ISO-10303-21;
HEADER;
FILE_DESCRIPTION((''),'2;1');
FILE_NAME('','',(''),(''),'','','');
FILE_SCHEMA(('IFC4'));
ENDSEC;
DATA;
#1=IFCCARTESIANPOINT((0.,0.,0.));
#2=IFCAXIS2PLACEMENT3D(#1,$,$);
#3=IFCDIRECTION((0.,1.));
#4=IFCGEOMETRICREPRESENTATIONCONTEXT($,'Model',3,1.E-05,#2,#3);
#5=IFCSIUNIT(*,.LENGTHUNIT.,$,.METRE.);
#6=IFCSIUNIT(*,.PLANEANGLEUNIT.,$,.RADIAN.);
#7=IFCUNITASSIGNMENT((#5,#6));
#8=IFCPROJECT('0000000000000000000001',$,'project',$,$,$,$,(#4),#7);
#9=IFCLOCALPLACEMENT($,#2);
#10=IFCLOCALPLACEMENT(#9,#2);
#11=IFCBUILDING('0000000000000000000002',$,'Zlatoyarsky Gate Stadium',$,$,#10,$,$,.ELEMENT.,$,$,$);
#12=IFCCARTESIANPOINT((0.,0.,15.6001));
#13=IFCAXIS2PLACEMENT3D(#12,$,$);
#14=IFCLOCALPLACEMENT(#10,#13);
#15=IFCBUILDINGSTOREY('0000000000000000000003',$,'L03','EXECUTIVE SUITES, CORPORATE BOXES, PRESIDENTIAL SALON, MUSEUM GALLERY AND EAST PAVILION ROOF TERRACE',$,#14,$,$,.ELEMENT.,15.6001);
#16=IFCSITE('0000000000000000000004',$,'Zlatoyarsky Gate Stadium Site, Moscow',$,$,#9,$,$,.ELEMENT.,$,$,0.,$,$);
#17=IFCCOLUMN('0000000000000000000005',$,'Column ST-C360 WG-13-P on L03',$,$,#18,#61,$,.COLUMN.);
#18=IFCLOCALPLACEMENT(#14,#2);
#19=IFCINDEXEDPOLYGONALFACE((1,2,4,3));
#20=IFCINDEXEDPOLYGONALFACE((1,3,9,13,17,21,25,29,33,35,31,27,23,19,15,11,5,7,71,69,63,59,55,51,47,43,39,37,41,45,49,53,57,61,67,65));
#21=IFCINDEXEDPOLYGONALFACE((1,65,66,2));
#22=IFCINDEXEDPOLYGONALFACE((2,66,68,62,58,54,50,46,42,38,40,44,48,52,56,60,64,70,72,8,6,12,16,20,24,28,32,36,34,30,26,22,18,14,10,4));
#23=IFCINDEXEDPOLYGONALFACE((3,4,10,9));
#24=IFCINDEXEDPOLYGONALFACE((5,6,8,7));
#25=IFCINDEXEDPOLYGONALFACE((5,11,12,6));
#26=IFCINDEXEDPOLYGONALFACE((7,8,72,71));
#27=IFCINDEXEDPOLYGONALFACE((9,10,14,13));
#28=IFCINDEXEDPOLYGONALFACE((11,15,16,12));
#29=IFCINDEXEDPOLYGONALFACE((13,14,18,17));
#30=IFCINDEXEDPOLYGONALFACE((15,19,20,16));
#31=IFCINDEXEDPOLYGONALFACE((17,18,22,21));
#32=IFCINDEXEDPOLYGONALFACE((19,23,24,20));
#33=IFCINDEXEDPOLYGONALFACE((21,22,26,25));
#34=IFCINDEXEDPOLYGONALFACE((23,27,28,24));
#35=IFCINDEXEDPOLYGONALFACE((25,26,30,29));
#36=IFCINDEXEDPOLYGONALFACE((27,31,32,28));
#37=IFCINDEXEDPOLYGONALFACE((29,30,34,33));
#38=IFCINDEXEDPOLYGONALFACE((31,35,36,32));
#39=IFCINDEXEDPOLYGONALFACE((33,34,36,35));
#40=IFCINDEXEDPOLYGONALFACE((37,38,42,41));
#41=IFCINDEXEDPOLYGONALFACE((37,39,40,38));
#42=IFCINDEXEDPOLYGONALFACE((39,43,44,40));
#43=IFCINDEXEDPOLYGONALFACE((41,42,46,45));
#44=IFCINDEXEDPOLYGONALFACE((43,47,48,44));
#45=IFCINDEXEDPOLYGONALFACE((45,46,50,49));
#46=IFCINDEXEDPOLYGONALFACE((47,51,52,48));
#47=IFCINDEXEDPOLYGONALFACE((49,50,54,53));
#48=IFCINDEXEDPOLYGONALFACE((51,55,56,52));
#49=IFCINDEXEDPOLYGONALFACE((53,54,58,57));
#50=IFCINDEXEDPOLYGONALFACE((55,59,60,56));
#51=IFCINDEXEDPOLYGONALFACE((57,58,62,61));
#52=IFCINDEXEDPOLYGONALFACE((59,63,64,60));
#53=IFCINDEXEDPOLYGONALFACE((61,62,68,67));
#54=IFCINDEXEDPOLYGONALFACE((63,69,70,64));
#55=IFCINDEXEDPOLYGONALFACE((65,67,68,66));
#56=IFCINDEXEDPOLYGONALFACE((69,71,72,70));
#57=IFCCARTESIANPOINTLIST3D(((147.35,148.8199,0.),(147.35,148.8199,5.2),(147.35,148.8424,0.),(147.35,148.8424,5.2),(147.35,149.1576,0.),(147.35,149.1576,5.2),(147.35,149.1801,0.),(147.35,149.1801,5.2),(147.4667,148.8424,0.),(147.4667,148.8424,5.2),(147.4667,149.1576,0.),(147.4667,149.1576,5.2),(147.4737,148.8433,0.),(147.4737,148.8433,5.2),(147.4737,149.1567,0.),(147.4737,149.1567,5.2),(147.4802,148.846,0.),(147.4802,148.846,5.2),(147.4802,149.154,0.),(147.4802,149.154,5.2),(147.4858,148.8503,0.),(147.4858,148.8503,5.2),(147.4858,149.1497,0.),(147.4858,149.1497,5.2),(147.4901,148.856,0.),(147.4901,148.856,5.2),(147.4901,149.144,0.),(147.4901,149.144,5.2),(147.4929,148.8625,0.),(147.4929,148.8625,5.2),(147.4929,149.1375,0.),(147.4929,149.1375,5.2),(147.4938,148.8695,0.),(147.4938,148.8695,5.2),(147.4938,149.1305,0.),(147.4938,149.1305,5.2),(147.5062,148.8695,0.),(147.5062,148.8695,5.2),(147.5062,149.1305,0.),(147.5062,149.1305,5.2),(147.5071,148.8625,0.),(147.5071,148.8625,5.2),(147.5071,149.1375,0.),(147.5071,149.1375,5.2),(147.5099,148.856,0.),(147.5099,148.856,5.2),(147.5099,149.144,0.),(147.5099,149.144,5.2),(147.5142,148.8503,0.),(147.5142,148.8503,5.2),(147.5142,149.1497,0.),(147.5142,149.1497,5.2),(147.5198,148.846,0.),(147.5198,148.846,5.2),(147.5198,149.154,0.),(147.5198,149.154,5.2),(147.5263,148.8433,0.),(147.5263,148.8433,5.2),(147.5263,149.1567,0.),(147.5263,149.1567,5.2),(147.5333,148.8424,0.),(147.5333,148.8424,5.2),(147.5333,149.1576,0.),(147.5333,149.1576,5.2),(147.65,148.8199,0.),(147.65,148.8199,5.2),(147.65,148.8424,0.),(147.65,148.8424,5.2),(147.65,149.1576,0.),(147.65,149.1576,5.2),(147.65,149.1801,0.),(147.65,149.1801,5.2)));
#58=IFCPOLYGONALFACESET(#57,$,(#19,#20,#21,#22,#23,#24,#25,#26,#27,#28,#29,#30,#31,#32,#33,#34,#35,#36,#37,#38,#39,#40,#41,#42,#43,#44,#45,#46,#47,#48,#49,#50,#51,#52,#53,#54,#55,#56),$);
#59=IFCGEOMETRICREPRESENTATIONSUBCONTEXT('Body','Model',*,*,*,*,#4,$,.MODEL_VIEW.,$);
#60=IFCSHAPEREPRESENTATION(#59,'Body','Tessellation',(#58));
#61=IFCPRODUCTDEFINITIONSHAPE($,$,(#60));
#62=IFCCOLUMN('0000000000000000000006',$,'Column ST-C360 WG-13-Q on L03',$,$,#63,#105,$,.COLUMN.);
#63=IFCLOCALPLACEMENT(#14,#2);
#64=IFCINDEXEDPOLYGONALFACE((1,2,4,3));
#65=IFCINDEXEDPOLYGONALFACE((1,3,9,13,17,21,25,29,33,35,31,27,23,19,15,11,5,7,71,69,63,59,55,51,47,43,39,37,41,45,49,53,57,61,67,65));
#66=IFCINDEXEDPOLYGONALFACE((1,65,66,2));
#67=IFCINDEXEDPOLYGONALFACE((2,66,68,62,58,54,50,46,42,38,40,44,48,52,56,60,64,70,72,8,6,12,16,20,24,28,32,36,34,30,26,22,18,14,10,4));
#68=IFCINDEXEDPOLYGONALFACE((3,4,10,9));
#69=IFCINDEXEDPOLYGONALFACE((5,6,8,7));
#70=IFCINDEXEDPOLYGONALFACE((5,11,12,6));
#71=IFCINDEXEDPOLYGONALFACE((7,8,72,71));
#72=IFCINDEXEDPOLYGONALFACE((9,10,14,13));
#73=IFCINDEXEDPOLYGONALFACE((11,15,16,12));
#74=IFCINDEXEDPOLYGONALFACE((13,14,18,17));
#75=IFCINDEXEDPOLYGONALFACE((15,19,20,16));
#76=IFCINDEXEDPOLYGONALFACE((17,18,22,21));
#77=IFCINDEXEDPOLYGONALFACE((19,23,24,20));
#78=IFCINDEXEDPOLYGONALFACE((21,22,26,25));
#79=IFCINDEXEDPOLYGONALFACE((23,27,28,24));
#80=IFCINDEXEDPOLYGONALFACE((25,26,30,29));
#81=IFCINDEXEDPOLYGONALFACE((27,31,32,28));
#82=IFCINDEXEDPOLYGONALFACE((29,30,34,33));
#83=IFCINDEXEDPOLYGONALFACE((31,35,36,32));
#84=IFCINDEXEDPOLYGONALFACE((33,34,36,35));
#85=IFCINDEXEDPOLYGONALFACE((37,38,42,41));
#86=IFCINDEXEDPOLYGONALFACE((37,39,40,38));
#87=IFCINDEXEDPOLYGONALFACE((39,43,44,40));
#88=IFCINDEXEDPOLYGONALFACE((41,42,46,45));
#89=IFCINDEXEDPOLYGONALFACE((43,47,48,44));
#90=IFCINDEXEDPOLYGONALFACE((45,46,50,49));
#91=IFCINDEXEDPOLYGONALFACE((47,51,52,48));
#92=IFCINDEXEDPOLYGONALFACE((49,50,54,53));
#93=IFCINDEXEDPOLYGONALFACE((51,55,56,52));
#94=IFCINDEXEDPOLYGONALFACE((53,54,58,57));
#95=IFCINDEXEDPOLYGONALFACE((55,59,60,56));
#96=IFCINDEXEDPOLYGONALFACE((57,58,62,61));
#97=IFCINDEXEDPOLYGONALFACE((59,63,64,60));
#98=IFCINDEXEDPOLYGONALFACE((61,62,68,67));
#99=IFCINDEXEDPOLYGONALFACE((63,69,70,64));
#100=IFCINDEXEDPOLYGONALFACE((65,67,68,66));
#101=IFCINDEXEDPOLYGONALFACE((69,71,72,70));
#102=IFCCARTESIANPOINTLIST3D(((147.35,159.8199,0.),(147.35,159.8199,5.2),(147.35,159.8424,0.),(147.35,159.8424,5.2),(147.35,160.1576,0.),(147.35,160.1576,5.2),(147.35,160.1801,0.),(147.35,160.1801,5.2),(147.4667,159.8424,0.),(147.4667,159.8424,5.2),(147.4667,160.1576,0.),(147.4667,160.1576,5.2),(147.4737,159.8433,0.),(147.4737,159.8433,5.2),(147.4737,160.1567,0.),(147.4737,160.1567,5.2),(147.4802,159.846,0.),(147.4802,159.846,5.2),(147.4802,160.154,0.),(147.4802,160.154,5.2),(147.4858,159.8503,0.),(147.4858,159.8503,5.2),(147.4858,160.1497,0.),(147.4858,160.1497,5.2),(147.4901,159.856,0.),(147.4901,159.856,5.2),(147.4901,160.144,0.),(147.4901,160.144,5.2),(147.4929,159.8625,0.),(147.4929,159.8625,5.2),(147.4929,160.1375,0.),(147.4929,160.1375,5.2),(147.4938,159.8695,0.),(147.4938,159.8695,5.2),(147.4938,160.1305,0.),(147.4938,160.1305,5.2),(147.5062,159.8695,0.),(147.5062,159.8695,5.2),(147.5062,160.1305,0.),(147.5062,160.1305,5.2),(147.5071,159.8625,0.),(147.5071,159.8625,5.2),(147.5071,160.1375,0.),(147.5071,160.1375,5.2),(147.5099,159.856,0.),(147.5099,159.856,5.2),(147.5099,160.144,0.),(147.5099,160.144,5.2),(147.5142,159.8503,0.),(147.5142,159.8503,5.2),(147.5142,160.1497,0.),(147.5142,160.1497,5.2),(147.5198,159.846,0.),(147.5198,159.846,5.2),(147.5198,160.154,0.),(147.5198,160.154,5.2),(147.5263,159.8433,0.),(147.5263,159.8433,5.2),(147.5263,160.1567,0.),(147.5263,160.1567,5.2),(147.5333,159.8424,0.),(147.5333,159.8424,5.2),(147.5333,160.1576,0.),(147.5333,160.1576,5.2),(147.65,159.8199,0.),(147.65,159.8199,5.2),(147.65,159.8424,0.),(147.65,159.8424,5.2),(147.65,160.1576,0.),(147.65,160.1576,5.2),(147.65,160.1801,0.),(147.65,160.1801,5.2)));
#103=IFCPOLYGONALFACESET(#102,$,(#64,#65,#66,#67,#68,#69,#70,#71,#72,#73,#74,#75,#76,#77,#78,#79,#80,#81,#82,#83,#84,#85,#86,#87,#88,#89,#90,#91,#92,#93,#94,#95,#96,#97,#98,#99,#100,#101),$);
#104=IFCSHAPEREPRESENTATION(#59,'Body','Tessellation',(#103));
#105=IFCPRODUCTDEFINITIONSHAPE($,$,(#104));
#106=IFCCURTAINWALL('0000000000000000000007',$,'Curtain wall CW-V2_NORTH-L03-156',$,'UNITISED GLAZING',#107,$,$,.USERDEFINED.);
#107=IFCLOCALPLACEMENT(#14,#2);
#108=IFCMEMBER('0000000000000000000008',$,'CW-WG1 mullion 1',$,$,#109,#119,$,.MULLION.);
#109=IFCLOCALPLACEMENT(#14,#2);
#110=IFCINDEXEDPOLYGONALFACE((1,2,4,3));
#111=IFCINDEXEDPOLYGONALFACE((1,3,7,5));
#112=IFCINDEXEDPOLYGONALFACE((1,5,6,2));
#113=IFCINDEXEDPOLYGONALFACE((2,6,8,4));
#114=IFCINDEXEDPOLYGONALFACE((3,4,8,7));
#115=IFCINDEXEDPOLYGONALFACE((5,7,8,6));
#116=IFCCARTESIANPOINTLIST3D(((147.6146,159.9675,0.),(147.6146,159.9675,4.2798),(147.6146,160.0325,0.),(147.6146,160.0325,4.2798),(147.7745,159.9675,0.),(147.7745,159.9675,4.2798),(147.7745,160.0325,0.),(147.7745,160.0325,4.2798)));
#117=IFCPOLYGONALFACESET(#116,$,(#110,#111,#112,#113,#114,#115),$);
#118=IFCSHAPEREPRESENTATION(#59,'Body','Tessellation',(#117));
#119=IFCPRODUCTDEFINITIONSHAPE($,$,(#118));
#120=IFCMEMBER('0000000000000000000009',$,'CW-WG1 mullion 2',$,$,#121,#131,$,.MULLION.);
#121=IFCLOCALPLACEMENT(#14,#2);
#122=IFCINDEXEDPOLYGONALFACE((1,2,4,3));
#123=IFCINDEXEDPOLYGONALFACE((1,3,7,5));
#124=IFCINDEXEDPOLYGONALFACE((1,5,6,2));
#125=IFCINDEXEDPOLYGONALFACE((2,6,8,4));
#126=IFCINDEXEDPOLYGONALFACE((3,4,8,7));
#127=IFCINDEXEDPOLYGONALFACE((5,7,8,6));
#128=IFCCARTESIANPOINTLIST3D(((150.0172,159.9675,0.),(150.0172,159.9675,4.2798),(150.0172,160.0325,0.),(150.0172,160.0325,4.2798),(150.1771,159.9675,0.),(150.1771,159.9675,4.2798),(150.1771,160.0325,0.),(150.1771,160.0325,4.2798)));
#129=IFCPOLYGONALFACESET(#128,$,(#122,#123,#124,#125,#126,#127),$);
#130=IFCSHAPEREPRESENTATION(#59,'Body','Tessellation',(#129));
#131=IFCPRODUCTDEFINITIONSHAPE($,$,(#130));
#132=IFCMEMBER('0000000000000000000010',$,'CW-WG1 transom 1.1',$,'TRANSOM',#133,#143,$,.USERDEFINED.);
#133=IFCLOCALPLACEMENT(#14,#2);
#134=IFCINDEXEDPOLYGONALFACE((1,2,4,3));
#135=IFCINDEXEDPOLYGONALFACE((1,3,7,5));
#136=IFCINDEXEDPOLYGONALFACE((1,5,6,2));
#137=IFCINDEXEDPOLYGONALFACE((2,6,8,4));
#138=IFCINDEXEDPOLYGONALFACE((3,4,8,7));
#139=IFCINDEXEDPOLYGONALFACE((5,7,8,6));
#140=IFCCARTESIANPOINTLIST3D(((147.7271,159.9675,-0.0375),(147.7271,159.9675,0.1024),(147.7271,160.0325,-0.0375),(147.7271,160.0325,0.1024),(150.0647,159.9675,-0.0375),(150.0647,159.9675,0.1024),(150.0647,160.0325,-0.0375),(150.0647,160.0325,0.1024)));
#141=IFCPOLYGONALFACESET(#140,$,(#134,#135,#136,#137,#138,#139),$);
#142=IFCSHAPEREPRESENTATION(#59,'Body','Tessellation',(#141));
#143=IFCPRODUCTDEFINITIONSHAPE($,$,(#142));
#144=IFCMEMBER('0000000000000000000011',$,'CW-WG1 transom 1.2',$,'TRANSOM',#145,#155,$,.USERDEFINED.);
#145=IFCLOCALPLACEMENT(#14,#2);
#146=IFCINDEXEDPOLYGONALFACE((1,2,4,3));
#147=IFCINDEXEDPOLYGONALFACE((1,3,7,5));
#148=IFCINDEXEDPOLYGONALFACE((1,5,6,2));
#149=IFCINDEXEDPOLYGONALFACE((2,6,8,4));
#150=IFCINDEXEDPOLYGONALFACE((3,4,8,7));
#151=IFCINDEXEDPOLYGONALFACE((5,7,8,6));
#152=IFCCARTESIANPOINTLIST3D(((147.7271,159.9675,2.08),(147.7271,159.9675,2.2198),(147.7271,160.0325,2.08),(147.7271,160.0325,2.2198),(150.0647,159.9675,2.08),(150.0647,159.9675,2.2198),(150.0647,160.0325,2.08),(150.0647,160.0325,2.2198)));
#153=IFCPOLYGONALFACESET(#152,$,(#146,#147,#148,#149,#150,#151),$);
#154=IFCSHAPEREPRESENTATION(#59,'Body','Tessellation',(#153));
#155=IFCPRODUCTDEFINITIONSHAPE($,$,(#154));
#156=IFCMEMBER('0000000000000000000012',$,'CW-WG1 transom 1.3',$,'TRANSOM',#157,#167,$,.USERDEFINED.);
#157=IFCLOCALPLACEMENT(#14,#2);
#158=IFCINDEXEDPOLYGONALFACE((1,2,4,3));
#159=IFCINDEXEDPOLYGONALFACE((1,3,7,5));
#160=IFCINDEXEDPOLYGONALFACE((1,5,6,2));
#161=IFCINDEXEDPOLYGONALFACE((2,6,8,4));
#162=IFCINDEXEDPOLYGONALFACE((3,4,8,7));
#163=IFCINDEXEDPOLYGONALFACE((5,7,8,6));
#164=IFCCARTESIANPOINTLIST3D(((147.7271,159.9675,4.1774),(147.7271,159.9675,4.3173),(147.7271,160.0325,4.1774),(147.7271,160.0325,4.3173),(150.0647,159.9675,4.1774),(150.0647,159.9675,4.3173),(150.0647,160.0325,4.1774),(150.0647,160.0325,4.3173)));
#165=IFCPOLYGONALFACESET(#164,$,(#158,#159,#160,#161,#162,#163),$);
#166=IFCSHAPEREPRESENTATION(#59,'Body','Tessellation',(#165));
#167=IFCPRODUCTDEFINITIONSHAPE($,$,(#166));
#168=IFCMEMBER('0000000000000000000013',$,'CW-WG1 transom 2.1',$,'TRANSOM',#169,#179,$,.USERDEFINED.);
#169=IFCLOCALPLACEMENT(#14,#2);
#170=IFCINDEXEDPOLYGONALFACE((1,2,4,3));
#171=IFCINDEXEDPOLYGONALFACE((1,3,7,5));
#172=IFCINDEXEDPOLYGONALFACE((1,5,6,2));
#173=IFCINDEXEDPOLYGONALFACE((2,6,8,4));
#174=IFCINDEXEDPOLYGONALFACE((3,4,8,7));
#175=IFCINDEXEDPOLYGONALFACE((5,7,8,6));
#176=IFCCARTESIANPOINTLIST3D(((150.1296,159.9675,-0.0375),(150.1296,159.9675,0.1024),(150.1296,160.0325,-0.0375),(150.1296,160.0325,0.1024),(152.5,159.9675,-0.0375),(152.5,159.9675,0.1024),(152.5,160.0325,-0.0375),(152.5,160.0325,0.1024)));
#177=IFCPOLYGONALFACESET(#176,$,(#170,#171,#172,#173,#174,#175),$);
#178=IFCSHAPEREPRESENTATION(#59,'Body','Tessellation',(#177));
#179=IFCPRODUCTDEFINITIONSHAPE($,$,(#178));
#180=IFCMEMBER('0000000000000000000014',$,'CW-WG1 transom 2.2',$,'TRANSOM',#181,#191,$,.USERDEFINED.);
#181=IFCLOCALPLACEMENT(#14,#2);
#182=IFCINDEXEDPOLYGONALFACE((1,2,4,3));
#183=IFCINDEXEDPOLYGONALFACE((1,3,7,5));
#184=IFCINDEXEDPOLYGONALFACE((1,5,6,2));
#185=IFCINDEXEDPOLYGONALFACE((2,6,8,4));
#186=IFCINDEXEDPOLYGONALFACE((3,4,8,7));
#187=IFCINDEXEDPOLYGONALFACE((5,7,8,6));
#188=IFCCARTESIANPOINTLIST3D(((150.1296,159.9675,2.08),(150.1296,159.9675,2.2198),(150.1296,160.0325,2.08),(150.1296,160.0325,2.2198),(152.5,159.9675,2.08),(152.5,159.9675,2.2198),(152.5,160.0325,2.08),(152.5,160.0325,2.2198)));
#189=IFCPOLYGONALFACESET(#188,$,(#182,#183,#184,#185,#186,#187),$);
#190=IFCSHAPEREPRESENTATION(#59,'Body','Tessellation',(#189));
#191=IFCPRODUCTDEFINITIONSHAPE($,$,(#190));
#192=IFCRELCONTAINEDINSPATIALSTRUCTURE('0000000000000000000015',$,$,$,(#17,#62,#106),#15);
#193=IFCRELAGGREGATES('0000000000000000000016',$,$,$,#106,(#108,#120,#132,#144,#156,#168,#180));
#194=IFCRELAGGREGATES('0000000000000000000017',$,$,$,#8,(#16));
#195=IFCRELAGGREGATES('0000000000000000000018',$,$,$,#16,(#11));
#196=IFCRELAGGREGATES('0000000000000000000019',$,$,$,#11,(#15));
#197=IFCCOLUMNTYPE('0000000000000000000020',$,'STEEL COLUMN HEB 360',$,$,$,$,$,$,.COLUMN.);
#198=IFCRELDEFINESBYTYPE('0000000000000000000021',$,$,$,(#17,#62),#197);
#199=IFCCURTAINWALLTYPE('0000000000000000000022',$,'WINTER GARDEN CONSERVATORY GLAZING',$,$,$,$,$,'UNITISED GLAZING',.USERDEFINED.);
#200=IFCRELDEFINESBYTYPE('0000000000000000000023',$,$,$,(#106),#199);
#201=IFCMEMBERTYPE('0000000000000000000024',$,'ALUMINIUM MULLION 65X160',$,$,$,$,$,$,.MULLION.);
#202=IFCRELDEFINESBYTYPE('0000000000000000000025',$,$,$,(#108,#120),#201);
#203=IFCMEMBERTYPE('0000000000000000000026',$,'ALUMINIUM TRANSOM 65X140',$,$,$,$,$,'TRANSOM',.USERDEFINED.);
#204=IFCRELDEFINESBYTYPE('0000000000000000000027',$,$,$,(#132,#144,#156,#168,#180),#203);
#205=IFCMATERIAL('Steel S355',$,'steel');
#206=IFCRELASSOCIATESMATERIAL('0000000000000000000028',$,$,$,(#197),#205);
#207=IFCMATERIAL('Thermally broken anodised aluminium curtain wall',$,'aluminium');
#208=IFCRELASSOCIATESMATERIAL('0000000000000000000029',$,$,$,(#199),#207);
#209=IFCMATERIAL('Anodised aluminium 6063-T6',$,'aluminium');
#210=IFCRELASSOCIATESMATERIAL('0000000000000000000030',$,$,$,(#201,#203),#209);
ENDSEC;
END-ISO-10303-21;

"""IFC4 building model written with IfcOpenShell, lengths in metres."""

from ifc_helpers import new_model, si_unit, direction, frame, origin, origin_2d, place, context, subcontext, project, spatial, rectangle, i_section, extrude, material, material_profile, profile_set, type_object, element, aggregate, save


model = new_model("IFC4")

# Units and contexts
model_context = context("Model", 3, precision=1e-05, world=origin(), true_north=direction((0.0, 1.0)))
body_context = subcontext(model_context, "Body", "Model", "MODEL_VIEW")
ifc_project = project(units=[si_unit("LENGTHUNIT", "METRE"), si_unit("PLANEANGLEUNIT", "RADIAN")], contexts=[model_context])

# Site, building, storey
site_placement = place(None, origin())
site = spatial("IfcSite", under=ifc_project, at=site_placement, Name="Zlatoyarsky Gate Stadium Site, Moscow", CompositionType="ELEMENT", RefElevation=0.0)
building_placement = place(site_placement, origin())
building = spatial("IfcBuilding", under=site, at=building_placement, Name="Zlatoyarsky Gate Stadium", CompositionType="ELEMENT")
storey_placement = place(building_placement, frame((0.0, 0.0, 15.6001)))
storey = spatial("IfcBuildingStorey", under=building, at=storey_placement, Name="L03", Description="EXECUTIVE SUITES, CORPORATE BOXES, PRESIDENTIAL SALON, MUSEUM GALLERY AND EAST PAVILION ROOF TERRACE", CompositionType="ELEMENT", Elevation=15.6001)

# Columns
ifc_material_1 = material(Name="Steel S355", Category="steel")
ifc_material_profile_1 = material_profile(ifc_material_1, i_section(OverallWidth=0.3, OverallDepth=0.3601, WebThickness=0.0125, FlangeThickness=0.0225, FilletRadius=0.0271, at=origin_2d()), Name="HEB 360")
ifc_profile_set_1 = profile_set([ifc_material_profile_1], Name="Steel S355")
column_type = type_object("IfcColumnType", Name="STEEL COLUMN HEB 360", PredefinedType="COLUMN", material=ifc_profile_set_1)
for number, where, z_axis, x_axis, name in (
    (1, (147.5, 149.0, 0.0), (0.0, 0.0, 1.0), (1.0, 0.0, 0.0), "Column ST-C360 WG-13-P on L03"),
    (2, (147.5, 160.0, 0.0), (0.0, 0.0, 1.0), (1.0, 0.0, 0.0), "Column ST-C360 WG-13-Q on L03"),
):
    element("IfcColumn", number, at=place(storey_placement, frame(where, z_axis=z_axis, x_axis=x_axis)), inside=storey, type_object=column_type, Name=name, PredefinedType="COLUMN", context=body_context, shape_type="SweptSolid", body=[
        extrude(i_section(OverallWidth=0.3, OverallDepth=0.3601, WebThickness=0.0125, FlangeThickness=0.0225, FilletRadius=0.0271, at=origin_2d()), origin(), (0.0, 0.0, 1.0), 5.2),
    ])

# Curtain wall, members
ifc_material_2 = material(Name="Thermally broken anodised aluminium curtain wall", Category="aluminium")
curtain_wall_type_1 = type_object("IfcCurtainWallType", Name="WINTER GARDEN CONSERVATORY GLAZING", ElementType="UNITISED GLAZING", PredefinedType="USERDEFINED", material=ifc_material_2)
curtain_wall_1_placement = place(storey_placement, origin())
curtain_wall_1 = element("IfcCurtainWall", 3, at=curtain_wall_1_placement, inside=storey, type_object=curtain_wall_type_1, Name="Curtain wall CW-V2_NORTH-L03-156", ObjectType="UNITISED GLAZING", PredefinedType="USERDEFINED")
ifc_material_3 = material(Name="Anodised aluminium 6063-T6", Category="aluminium")
ifc_material_profile_2 = material_profile(ifc_material_3, rectangle(XDim=0.0649, YDim=0.1599, at=origin_2d()), Name="ALU 65X160")
ifc_profile_set_2 = profile_set([ifc_material_profile_2], Name="Anodised aluminium 6063-T6")
member_type_1 = type_object("IfcMemberType", Name="ALUMINIUM MULLION 65X160", PredefinedType="MULLION", material=ifc_profile_set_2)
member_1_placement = place(storey_placement, frame((147.6946, 160.0, 0.0), z_axis=(0.0, 0.0, 1.0), x_axis=(0.0, 1.0, 0.0)))
member_1 = element("IfcMember", 4, at=member_1_placement, type_object=member_type_1, Name="CW-WG1 mullion 1", PredefinedType="MULLION", context=body_context, shape_type="SweptSolid", body=[
    extrude(rectangle(XDim=0.0649, YDim=0.1599, at=origin_2d()), origin(), (0.0, 0.0, 1.0), 4.2798),
])
member_2_placement = place(storey_placement, frame((150.0972, 160.0, 0.0), z_axis=(0.0, 0.0, 1.0), x_axis=(0.0, 1.0, 0.0)))
member_2 = element("IfcMember", 5, at=member_2_placement, type_object=member_type_1, Name="CW-WG1 mullion 2", PredefinedType="MULLION", context=body_context, shape_type="SweptSolid", body=[
    extrude(rectangle(XDim=0.0649, YDim=0.1599, at=origin_2d()), origin(), (0.0, 0.0, 1.0), 4.2798),
])
ifc_material_profile_3 = material_profile(ifc_material_3, rectangle(XDim=0.0649, YDim=0.1399, at=origin_2d()), Name="ALU 65X140")
ifc_profile_set_3 = profile_set([ifc_material_profile_3], Name="Anodised aluminium 6063-T6")
member_type_2 = type_object("IfcMemberType", Name="ALUMINIUM TRANSOM 65X140", ElementType="TRANSOM", PredefinedType="USERDEFINED", material=ifc_profile_set_3)
member_3_placement = place(storey_placement, frame((147.7271, 160.0, 0.0325), z_axis=(1.0, 0.0, 0.0), x_axis=(0.0, 1.0, 0.0)))
member_3 = element("IfcMember", 6, at=member_3_placement, type_object=member_type_2, Name="CW-WG1 transom 1.1", ObjectType="TRANSOM", PredefinedType="USERDEFINED", context=body_context, shape_type="SweptSolid", body=[
    extrude(rectangle(XDim=0.0649, YDim=0.1399, at=origin_2d()), origin(), (0.0, 0.0, 1.0), 2.3376),
])
member_4_placement = place(storey_placement, frame((147.7271, 160.0, 2.1499), z_axis=(1.0, 0.0, 0.0), x_axis=(0.0, 1.0, 0.0)))
member_4 = element("IfcMember", 7, at=member_4_placement, type_object=member_type_2, Name="CW-WG1 transom 1.2", ObjectType="TRANSOM", PredefinedType="USERDEFINED", context=body_context, shape_type="SweptSolid", body=[
    extrude(rectangle(XDim=0.0649, YDim=0.1399, at=origin_2d()), origin(), (0.0, 0.0, 1.0), 2.3376),
])
member_5_placement = place(storey_placement, frame((147.7271, 160.0, 4.2473), z_axis=(1.0, 0.0, 0.0), x_axis=(0.0, 1.0, 0.0)))
member_5 = element("IfcMember", 8, at=member_5_placement, type_object=member_type_2, Name="CW-WG1 transom 1.3", ObjectType="TRANSOM", PredefinedType="USERDEFINED", context=body_context, shape_type="SweptSolid", body=[
    extrude(rectangle(XDim=0.0649, YDim=0.1399, at=origin_2d()), origin(), (0.0, 0.0, 1.0), 2.3376),
])
member_6_placement = place(storey_placement, frame((150.1296, 160.0, 0.0325), z_axis=(1.0, 0.0, 0.0), x_axis=(0.0, 1.0, 0.0)))
member_6 = element("IfcMember", 9, at=member_6_placement, type_object=member_type_2, Name="CW-WG1 transom 2.1", ObjectType="TRANSOM", PredefinedType="USERDEFINED", context=body_context, shape_type="SweptSolid", body=[
    extrude(rectangle(XDim=0.0649, YDim=0.1399, at=origin_2d()), origin(), (0.0, 0.0, 1.0), 2.3704),
])
member_7_placement = place(storey_placement, frame((150.1296, 160.0, 2.1499), z_axis=(1.0, 0.0, 0.0), x_axis=(0.0, 1.0, 0.0)))
member_7 = element("IfcMember", 10, at=member_7_placement, type_object=member_type_2, Name="CW-WG1 transom 2.2", ObjectType="TRANSOM", PredefinedType="USERDEFINED", context=body_context, shape_type="SweptSolid", body=[
    extrude(rectangle(XDim=0.0649, YDim=0.1399, at=origin_2d()), origin(), (0.0, 0.0, 1.0), 2.3704),
])

aggregate(curtain_wall_1, [member_1, member_2, member_3, member_4, member_5, member_6, member_7])

save(model, "model.ifc")
